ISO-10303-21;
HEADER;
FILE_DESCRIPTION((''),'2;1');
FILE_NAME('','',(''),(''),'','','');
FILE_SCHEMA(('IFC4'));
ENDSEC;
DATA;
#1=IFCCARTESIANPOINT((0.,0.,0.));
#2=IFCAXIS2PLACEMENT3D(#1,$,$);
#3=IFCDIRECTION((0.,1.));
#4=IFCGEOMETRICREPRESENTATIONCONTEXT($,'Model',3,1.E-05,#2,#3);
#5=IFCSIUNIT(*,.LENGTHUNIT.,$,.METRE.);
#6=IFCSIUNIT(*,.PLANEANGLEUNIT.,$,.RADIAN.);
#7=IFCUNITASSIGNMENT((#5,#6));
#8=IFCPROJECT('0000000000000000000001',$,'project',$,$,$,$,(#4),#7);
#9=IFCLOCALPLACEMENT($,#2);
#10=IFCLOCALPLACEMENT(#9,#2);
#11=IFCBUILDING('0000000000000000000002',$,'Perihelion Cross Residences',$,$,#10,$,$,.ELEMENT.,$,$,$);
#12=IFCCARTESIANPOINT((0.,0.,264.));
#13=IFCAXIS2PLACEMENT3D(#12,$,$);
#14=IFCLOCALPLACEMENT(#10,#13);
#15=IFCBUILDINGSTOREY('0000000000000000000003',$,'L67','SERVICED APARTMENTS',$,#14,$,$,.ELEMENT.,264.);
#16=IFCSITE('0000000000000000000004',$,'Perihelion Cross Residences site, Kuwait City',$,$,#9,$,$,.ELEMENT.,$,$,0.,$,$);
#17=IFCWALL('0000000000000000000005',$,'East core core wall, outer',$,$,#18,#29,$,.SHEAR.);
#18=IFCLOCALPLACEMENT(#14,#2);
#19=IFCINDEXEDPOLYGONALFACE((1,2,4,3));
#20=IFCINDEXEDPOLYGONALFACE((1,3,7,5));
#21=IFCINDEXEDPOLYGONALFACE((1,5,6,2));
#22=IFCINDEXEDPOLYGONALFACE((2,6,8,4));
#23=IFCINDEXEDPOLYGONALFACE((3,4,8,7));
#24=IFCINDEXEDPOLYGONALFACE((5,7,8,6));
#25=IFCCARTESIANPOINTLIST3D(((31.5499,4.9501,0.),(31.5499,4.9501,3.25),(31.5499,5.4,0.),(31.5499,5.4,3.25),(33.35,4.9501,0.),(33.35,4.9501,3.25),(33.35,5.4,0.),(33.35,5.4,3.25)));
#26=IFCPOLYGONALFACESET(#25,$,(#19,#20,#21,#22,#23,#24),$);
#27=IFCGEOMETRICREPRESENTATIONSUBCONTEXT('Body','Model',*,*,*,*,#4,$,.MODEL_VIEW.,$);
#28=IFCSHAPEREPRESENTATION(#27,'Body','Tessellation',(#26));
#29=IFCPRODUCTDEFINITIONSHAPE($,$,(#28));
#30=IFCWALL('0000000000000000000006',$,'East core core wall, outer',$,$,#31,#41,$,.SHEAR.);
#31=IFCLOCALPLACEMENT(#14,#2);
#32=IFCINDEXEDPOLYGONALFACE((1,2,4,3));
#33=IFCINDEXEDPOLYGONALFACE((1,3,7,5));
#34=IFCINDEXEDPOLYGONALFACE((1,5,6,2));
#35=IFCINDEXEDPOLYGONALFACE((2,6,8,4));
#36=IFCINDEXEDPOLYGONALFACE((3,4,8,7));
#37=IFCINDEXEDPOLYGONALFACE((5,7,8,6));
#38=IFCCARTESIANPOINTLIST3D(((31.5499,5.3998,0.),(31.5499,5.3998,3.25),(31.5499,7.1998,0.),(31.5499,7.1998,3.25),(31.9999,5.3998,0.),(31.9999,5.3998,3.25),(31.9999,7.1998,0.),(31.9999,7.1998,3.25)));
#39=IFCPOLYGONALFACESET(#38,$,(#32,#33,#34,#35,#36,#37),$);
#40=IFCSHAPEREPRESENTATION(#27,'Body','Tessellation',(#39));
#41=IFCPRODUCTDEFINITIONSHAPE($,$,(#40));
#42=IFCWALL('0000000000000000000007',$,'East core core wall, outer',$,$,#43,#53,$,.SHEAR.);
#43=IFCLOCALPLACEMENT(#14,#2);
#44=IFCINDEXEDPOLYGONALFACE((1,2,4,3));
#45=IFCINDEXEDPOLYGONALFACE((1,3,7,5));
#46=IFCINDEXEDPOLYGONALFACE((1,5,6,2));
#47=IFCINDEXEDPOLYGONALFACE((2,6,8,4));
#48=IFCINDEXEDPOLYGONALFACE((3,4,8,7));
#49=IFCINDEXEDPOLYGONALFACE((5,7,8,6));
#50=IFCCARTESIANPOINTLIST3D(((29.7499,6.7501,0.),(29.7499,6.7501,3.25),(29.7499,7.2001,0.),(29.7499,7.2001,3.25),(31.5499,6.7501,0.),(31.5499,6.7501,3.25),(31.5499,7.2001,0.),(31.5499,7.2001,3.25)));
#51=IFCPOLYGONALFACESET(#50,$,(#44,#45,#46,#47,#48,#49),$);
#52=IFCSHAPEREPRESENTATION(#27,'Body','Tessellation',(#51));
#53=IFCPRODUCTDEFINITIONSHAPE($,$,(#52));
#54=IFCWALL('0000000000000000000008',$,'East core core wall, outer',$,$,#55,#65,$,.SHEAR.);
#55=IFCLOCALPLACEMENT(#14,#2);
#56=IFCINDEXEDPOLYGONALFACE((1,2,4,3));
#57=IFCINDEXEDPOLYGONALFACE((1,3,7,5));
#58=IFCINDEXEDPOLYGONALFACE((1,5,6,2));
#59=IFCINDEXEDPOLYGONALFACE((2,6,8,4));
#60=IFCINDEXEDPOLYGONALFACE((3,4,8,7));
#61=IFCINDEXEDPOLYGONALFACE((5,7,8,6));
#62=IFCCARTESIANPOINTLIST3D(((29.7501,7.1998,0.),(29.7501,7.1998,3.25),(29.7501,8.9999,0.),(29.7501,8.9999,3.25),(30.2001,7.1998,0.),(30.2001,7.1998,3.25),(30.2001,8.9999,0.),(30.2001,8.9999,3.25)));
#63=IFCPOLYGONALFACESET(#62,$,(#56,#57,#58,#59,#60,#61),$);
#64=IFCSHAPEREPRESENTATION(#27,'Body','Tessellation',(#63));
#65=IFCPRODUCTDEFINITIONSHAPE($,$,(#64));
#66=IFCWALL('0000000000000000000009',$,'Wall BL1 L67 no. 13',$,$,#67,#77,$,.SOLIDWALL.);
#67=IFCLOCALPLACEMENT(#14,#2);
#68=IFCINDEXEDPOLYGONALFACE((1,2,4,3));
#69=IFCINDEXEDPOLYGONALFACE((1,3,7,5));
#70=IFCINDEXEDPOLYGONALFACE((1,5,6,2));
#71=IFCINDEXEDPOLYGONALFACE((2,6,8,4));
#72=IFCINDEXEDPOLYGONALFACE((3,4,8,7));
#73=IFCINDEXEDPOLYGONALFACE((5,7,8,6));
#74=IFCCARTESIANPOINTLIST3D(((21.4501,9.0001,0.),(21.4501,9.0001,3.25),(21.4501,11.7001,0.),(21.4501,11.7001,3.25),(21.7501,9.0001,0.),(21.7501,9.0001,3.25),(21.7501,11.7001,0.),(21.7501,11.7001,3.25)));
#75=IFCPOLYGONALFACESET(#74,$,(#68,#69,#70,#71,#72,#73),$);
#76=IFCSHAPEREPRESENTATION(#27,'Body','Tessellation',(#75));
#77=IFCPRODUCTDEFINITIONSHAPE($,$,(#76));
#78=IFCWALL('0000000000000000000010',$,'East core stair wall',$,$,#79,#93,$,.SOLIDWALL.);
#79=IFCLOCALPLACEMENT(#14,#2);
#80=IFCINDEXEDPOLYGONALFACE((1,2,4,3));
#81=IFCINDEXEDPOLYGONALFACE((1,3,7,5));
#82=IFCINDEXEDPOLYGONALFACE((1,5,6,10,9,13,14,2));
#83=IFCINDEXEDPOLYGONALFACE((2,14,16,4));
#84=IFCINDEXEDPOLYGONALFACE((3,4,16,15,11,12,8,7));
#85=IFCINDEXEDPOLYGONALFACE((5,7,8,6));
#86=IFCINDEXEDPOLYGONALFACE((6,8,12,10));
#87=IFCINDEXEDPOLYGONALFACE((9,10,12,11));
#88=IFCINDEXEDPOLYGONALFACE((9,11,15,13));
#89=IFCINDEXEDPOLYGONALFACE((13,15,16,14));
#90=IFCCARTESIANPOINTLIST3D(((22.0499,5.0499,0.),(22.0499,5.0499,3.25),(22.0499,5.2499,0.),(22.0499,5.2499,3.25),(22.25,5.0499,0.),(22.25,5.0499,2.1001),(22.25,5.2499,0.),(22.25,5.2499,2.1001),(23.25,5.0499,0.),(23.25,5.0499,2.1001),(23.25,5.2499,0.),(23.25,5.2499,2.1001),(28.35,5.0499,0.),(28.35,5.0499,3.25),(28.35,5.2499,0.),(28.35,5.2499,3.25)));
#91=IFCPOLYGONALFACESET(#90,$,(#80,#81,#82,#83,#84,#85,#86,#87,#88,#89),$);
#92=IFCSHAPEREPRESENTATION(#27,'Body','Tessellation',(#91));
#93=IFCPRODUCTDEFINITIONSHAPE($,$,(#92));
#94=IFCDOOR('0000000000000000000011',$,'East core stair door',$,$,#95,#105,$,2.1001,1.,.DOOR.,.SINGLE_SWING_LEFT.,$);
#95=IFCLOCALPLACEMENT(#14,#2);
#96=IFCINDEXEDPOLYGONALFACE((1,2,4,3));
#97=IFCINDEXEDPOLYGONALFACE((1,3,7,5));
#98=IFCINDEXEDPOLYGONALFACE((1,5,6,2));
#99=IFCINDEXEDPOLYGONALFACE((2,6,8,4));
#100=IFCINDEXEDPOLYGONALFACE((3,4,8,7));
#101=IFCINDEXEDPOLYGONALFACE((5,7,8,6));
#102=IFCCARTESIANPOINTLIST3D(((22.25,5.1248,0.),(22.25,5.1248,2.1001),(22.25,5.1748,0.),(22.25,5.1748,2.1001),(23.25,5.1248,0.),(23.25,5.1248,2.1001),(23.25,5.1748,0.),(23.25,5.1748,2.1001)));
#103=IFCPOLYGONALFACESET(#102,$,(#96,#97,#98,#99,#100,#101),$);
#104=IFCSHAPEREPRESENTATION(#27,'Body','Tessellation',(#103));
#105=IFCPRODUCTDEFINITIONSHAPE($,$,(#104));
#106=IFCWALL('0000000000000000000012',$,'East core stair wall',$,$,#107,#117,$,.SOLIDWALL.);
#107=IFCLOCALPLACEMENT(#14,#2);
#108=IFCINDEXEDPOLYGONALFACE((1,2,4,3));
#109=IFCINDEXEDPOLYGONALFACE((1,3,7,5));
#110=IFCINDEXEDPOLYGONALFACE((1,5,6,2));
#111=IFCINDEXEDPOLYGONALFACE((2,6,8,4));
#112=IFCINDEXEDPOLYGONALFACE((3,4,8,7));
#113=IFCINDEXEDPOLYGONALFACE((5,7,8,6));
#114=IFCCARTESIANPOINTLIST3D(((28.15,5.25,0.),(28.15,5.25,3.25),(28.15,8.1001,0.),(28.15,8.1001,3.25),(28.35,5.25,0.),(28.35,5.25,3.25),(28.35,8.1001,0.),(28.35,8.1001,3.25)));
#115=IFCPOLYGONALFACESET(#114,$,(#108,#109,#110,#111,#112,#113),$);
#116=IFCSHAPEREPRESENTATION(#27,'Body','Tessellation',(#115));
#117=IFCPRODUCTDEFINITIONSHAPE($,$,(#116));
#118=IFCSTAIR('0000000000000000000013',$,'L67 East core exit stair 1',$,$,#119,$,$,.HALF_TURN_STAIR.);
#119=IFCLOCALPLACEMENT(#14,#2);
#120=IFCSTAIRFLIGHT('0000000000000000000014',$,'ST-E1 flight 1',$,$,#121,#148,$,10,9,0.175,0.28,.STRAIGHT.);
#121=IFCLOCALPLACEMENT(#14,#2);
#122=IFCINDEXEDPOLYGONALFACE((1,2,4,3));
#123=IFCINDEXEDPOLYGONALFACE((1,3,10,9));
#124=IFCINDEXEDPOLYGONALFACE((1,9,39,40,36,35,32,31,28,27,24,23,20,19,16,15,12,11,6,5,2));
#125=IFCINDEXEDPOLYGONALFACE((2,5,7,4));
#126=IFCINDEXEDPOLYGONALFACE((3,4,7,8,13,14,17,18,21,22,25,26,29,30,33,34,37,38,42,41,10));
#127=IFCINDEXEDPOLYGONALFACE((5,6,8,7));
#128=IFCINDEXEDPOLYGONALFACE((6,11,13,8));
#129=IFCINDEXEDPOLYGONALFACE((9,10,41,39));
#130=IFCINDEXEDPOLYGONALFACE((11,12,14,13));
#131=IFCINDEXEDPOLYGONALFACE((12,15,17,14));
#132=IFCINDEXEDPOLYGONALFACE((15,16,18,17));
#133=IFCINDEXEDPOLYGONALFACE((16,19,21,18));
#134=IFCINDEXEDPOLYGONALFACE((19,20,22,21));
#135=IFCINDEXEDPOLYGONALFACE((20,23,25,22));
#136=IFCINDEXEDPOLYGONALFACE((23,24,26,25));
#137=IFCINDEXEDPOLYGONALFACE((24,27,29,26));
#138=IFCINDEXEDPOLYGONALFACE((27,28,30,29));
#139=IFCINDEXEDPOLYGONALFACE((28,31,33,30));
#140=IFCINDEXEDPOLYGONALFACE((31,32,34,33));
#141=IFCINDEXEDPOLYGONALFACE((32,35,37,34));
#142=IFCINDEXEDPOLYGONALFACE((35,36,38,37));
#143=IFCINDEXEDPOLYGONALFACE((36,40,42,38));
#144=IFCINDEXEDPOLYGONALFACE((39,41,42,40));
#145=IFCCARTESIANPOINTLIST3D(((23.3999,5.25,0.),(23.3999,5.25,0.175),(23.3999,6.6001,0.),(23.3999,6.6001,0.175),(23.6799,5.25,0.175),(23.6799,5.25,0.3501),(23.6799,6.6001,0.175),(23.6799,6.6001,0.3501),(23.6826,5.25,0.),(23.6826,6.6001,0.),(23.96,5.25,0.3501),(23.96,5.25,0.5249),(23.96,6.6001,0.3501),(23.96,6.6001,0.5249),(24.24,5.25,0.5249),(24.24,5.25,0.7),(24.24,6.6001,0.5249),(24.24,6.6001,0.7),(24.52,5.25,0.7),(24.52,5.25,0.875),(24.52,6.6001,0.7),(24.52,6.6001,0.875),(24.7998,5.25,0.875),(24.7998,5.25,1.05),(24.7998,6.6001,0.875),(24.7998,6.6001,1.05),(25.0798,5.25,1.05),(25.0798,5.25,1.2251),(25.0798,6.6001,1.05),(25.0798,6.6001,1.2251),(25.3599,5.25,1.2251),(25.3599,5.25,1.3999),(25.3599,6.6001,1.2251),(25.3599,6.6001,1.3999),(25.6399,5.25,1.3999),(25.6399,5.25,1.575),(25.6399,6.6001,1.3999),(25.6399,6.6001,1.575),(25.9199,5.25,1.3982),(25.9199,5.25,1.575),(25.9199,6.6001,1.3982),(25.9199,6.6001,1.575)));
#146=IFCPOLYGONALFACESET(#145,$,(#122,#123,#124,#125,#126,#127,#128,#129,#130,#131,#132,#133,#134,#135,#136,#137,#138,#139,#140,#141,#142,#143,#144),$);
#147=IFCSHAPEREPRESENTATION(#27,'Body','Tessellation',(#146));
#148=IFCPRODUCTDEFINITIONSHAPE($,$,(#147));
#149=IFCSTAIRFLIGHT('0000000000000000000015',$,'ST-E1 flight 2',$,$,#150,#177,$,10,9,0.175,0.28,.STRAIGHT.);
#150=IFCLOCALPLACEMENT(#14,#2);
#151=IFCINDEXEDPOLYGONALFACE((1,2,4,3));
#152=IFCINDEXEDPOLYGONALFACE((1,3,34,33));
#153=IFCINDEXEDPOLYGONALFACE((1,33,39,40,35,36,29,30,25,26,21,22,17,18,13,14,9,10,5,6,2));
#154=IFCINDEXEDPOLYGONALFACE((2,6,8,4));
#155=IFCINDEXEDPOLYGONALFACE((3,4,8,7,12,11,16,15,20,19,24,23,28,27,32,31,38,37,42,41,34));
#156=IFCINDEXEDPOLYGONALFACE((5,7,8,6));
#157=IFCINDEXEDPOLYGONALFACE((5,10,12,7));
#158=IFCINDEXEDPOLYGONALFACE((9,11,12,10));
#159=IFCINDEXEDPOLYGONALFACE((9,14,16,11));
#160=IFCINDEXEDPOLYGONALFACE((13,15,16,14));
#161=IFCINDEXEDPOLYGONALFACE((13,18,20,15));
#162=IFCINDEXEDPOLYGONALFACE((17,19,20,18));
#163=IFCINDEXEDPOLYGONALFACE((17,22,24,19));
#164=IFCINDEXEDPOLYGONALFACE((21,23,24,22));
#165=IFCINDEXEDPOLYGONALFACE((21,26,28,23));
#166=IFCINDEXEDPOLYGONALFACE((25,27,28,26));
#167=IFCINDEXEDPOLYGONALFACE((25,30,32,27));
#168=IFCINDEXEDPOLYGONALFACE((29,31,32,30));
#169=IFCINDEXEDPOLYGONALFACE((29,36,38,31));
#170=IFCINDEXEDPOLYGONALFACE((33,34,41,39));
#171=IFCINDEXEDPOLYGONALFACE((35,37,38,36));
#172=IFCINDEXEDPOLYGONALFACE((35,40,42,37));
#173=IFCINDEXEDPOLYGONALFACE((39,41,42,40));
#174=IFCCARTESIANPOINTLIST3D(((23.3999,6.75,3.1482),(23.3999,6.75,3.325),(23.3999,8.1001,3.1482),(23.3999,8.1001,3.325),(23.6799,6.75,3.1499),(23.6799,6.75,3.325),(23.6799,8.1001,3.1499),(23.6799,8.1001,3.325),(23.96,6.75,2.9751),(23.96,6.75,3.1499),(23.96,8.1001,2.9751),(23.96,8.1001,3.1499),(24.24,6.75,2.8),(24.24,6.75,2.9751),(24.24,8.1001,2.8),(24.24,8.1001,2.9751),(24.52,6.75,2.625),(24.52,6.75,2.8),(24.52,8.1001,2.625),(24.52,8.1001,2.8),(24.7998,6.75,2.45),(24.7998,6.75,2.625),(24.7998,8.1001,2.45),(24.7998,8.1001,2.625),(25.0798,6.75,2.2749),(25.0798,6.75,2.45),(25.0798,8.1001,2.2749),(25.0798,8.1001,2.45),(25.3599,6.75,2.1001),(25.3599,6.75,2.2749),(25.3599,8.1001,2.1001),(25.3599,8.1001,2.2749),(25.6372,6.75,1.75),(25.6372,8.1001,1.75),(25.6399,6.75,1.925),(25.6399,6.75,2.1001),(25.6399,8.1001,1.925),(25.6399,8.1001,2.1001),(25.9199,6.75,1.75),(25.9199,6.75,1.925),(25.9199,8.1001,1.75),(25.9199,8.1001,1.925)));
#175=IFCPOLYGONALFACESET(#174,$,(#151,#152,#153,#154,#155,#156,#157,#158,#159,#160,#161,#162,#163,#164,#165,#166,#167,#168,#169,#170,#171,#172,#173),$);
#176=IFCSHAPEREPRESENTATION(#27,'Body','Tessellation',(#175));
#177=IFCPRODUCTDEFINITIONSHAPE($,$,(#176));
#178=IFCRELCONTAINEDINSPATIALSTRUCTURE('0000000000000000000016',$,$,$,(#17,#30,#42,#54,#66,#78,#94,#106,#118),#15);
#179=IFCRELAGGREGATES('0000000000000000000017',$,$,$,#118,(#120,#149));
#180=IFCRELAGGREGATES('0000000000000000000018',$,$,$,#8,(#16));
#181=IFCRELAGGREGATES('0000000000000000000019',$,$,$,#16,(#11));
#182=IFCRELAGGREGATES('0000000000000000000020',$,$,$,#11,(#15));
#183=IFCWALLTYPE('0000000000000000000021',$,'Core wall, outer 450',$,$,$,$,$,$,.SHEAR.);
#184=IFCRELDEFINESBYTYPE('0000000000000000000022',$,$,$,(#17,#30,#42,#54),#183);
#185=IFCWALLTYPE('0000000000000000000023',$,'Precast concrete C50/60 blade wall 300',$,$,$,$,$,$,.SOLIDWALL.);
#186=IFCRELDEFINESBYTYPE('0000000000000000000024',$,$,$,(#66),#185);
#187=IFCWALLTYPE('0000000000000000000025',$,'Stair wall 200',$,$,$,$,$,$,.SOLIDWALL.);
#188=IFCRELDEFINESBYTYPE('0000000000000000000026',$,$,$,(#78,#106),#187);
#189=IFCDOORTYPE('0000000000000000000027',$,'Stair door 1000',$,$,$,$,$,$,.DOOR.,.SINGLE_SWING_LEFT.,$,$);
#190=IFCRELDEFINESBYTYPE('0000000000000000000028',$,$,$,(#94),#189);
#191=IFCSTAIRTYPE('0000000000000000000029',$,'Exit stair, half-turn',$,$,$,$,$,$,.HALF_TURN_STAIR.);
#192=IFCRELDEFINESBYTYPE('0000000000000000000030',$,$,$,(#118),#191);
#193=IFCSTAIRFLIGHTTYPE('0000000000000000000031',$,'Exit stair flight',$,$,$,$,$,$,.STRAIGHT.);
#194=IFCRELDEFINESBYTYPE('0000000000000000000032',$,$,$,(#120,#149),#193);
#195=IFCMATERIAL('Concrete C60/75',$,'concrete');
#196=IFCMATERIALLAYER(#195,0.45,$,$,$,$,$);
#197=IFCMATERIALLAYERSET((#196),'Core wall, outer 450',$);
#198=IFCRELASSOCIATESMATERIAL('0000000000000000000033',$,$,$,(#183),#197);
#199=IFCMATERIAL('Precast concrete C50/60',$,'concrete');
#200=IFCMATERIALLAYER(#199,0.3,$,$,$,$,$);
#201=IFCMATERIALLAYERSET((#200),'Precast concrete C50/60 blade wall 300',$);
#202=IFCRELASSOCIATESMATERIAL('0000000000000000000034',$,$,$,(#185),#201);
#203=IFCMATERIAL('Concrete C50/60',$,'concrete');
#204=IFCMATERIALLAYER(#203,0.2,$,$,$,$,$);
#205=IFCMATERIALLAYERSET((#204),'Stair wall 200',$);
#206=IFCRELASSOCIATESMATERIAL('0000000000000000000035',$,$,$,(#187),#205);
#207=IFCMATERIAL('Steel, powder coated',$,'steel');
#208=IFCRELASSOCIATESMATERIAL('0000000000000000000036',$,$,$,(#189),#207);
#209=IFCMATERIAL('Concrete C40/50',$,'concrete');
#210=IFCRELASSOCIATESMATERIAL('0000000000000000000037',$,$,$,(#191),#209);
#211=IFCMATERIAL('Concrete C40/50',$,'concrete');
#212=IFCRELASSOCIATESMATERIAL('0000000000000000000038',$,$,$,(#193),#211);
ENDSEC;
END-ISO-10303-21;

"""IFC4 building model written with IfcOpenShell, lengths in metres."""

from ifc_helpers import new_model, si_unit, direction, frame, frame_2d, origin, place, context, subcontext, project, spatial, polyline, rectangle, outline, extrude, material, layer, layer_set, type_object, element, fill, aggregate, save


model = new_model("IFC4")

# Units and contexts
model_context = context("Model", 3, precision=1e-05, world=origin(), true_north=direction((0.0, 1.0)))
body_context = subcontext(model_context, "Body", "Model", "MODEL_VIEW")
ifc_project = project(units=[si_unit("LENGTHUNIT", "METRE"), si_unit("PLANEANGLEUNIT", "RADIAN")], contexts=[model_context])

# Site, building, storey
site_placement = place(None, origin())
site = spatial("IfcSite", under=ifc_project, at=site_placement, Name="Perihelion Cross Residences site, Kuwait City", CompositionType="ELEMENT", RefElevation=0.0)
building_placement = place(site_placement, origin())
building = spatial("IfcBuilding", under=site, at=building_placement, Name="Perihelion Cross Residences", CompositionType="ELEMENT")
storey_placement = place(building_placement, frame((0.0, 0.0, 264.0)))
storey = spatial("IfcBuildingStorey", under=building, at=storey_placement, Name="L67", Description="SERVICED APARTMENTS", CompositionType="ELEMENT", Elevation=264.0)

# Walls
ifc_material_1 = material(Name="Concrete C60/75", Category="concrete")
ifc_layer_1 = layer(ifc_material_1, 0.45)
ifc_layer_set_1 = layer_set([ifc_layer_1], Name="Core wall, outer 450")
wall_type_1 = type_object("IfcWallType", Name="Core wall, outer 450", PredefinedType="SHEAR", material=ifc_layer_set_1)
for number, where, z_axis, x_axis, name in (
    (1, (31.55, 5.175, 0.0), (0.0, 0.0, 1.0), (1.0, 0.0, 0.0), "East core core wall, outer"),
    (2, (31.7749, 5.3999, 0.0), (0.0, 0.0, 1.0), (0.0, 1.0, 0.0), "East core core wall, outer"),
    (3, (29.75, 6.9751, 0.0), (0.0, 0.0, 1.0), (1.0, 0.0, 0.0), "East core core wall, outer"),
    (4, (29.9751, 7.2, 0.0), (0.0, 0.0, 1.0), (0.0, 1.0, 0.0), "East core core wall, outer"),
):
    element("IfcWall", number, at=place(storey_placement, frame(where, z_axis=z_axis, x_axis=x_axis)), inside=storey, type_object=wall_type_1, Name=name, PredefinedType="SHEAR", context=body_context, shape_type="SweptSolid", body=[
        extrude(rectangle(XDim=1.8, YDim=0.45, at=frame_2d((0.8999, 0.0))), origin(), (0.0, 0.0, 1.0), 3.25),
    ])
ifc_material_2 = material(Name="Precast concrete C50/60", Category="concrete")
ifc_layer_2 = layer(ifc_material_2, 0.3)
ifc_layer_set_2 = layer_set([ifc_layer_2], Name="Precast concrete C50/60 blade wall 300")
wall_type_2 = type_object("IfcWallType", Name="Precast concrete C50/60 blade wall 300", PredefinedType="SOLIDWALL", material=ifc_layer_set_2)
wall_1_placement = place(storey_placement, frame((21.6001, 9.0, 0.0), z_axis=(0.0, 0.0, 1.0), x_axis=(0.0, 1.0, 0.0)))
element("IfcWall", 5, at=wall_1_placement, inside=storey, type_object=wall_type_2, Name="Wall BL1 L67 no. 13", PredefinedType="SOLIDWALL", context=body_context, shape_type="SweptSolid", body=[
    extrude(rectangle(XDim=2.7, YDim=0.3, at=frame_2d((1.3501, 0.0))), origin(), (0.0, 0.0, 1.0), 3.25),
])

# Wall, opening, door
ifc_material_3 = material(Name="Concrete C50/60", Category="concrete")
ifc_layer_3 = layer(ifc_material_3, 0.2)
ifc_layer_set_3 = layer_set([ifc_layer_3], Name="Stair wall 200")
wall_type_3 = type_object("IfcWallType", Name="Stair wall 200", PredefinedType="SOLIDWALL", material=ifc_layer_set_3)
wall_2_placement = place(storey_placement, frame((22.05, 5.1499, 0.0), z_axis=(0.0, 0.0, 1.0), x_axis=(1.0, 0.0, 0.0)))
wall_2 = element("IfcWall", 6, at=wall_2_placement, inside=storey, type_object=wall_type_3, Name="East core stair wall", PredefinedType="SOLIDWALL", context=body_context, shape_type="SweptSolid", body=[
    extrude(rectangle(XDim=6.3, YDim=0.2, at=frame_2d((3.1499, 0.0))), origin(), (0.0, 0.0, 1.0), 3.25),
])
opening_placement = place(wall_2_placement, frame((0.2, 0.0, 0.0)))
opening = element("IfcOpeningElement", 7, at=opening_placement, cuts=wall_2, PredefinedType="OPENING", context=body_context, shape_type="SweptSolid", body=[
    extrude(rectangle(XDim=1.0, YDim=2.1001, at=frame_2d((0.5, 1.05))), frame((0.0, 0.1099, 0.0), z_axis=(0.0, -1.0, 0.0), x_axis=(1.0, 0.0, 0.0)), (0.0, 0.0, 1.0), 0.22),
])
ifc_material_4 = material(Name="Steel, powder coated", Category="steel")
door_type = type_object("IfcDoorType", Name="Stair door 1000", OperationType="SINGLE_SWING_LEFT", PredefinedType="DOOR", material=ifc_material_4)
door_placement = place(opening_placement, origin())
door = element("IfcDoor", 8, at=door_placement, inside=storey, type_object=door_type, Name="East core stair door", OperationType="SINGLE_SWING_LEFT", OverallHeight=2.1001, OverallWidth=1.0, PredefinedType="DOOR", context=body_context, shape_type="SweptSolid", body=[
    extrude(rectangle(XDim=1.0, YDim=2.1001, at=frame_2d((0.5, 1.05))), frame((0.0, 0.0249, 0.0), z_axis=(0.0, -1.0, 0.0), x_axis=(1.0, 0.0, 0.0)), (0.0, 0.0, 1.0), 0.05),
])
fill(opening, door)

# Wall
wall_3_placement = place(storey_placement, frame((28.25, 5.25, 0.0), z_axis=(0.0, 0.0, 1.0), x_axis=(0.0, 1.0, 0.0)))
element("IfcWall", 9, at=wall_3_placement, inside=storey, type_object=wall_type_3, Name="East core stair wall", PredefinedType="SOLIDWALL", context=body_context, shape_type="SweptSolid", body=[
    extrude(rectangle(XDim=2.8501, YDim=0.2, at=frame_2d((1.425, 0.0))), origin(), (0.0, 0.0, 1.0), 3.25),
])

# Stair, stair flights
ifc_material_5 = material(Name="Concrete C40/50", Category="concrete")
stair_type = type_object("IfcStairType", Name="Exit stair, half-turn", PredefinedType="HALF_TURN_STAIR", material=ifc_material_5)
stair_placement = place(storey_placement, origin())
stair = element("IfcStair", 10, at=stair_placement, inside=storey, type_object=stair_type, Name="L67 East core exit stair 1", PredefinedType="HALF_TURN_STAIR")
ifc_material_6 = material(Name="Concrete C40/50", Category="concrete")
stair_flight_type = type_object("IfcStairFlightType", Name="Exit stair flight", PredefinedType="STRAIGHT", material=ifc_material_6)
stair_flight_1_placement = place(storey_placement, frame((23.3999, 5.925, 0.0), z_axis=(0.0, 0.0, 1.0), x_axis=(1.0, 0.0, 0.0)))
stair_flight_1 = element("IfcStairFlight", 11, at=stair_flight_1_placement, type_object=stair_flight_type, Name="ST-E1 flight 1", NumberOfRisers=10, NumberOfTreads=9, PredefinedType="STRAIGHT", RiserHeight=0.175, TreadLength=0.28, context=body_context, shape_type="SweptSolid", body=[
    extrude(outline(polyline([(0.0, 0.0), (0.0, 0.175), (0.28, 0.175), (0.28, 0.3501), (0.5601, 0.3501), (0.5601, 0.5249), (0.8401, 0.5249), (0.8401, 0.7), (1.1201, 0.7), (1.1201, 0.875), (1.3999, 0.875), (1.3999, 1.05), (1.6799, 1.05), (1.6799, 1.2251), (1.96, 1.2251), (1.96, 1.3999), (2.24, 1.3999), (2.24, 1.575), (2.52, 1.575), (2.52, 1.75), (2.52, 1.3982), (0.2827, 0.0), (0.0, 0.0)])), frame((0.0, 0.675, 0.0), z_axis=(0.0, -1.0, 0.0), x_axis=(1.0, 0.0, 0.0)), (0.0, 0.0, 1.0), 1.3501),
])
stair_flight_2_placement = place(storey_placement, frame((25.9199, 7.425, 1.75), z_axis=(0.0, 0.0, 1.0), x_axis=(-1.0, 0.0, 0.0)))
stair_flight_2 = element("IfcStairFlight", 12, at=stair_flight_2_placement, type_object=stair_flight_type, Name="ST-E1 flight 2", NumberOfRisers=10, NumberOfTreads=9, PredefinedType="STRAIGHT", RiserHeight=0.175, TreadLength=0.28, context=body_context, shape_type="SweptSolid", body=[
    extrude(outline(polyline([(0.0, 0.0), (0.0, 0.175), (0.28, 0.175), (0.28, 0.3501), (0.5601, 0.3501), (0.5601, 0.5249), (0.8401, 0.5249), (0.8401, 0.7), (1.1201, 0.7), (1.1201, 0.875), (1.3999, 0.875), (1.3999, 1.05), (1.6799, 1.05), (1.6799, 1.2251), (1.96, 1.2251), (1.96, 1.3999), (2.24, 1.3999), (2.24, 1.575), (2.52, 1.575), (2.52, 1.75), (2.52, 1.3982), (0.2827, 0.0), (0.0, 0.0)])), frame((0.0, 0.675, 0.0), z_axis=(0.0, -1.0, 0.0), x_axis=(1.0, 0.0, 0.0)), (0.0, 0.0, 1.0), 1.3501),
])
aggregate(stair, [stair_flight_1, stair_flight_2])

save(model, "model.ifc")
